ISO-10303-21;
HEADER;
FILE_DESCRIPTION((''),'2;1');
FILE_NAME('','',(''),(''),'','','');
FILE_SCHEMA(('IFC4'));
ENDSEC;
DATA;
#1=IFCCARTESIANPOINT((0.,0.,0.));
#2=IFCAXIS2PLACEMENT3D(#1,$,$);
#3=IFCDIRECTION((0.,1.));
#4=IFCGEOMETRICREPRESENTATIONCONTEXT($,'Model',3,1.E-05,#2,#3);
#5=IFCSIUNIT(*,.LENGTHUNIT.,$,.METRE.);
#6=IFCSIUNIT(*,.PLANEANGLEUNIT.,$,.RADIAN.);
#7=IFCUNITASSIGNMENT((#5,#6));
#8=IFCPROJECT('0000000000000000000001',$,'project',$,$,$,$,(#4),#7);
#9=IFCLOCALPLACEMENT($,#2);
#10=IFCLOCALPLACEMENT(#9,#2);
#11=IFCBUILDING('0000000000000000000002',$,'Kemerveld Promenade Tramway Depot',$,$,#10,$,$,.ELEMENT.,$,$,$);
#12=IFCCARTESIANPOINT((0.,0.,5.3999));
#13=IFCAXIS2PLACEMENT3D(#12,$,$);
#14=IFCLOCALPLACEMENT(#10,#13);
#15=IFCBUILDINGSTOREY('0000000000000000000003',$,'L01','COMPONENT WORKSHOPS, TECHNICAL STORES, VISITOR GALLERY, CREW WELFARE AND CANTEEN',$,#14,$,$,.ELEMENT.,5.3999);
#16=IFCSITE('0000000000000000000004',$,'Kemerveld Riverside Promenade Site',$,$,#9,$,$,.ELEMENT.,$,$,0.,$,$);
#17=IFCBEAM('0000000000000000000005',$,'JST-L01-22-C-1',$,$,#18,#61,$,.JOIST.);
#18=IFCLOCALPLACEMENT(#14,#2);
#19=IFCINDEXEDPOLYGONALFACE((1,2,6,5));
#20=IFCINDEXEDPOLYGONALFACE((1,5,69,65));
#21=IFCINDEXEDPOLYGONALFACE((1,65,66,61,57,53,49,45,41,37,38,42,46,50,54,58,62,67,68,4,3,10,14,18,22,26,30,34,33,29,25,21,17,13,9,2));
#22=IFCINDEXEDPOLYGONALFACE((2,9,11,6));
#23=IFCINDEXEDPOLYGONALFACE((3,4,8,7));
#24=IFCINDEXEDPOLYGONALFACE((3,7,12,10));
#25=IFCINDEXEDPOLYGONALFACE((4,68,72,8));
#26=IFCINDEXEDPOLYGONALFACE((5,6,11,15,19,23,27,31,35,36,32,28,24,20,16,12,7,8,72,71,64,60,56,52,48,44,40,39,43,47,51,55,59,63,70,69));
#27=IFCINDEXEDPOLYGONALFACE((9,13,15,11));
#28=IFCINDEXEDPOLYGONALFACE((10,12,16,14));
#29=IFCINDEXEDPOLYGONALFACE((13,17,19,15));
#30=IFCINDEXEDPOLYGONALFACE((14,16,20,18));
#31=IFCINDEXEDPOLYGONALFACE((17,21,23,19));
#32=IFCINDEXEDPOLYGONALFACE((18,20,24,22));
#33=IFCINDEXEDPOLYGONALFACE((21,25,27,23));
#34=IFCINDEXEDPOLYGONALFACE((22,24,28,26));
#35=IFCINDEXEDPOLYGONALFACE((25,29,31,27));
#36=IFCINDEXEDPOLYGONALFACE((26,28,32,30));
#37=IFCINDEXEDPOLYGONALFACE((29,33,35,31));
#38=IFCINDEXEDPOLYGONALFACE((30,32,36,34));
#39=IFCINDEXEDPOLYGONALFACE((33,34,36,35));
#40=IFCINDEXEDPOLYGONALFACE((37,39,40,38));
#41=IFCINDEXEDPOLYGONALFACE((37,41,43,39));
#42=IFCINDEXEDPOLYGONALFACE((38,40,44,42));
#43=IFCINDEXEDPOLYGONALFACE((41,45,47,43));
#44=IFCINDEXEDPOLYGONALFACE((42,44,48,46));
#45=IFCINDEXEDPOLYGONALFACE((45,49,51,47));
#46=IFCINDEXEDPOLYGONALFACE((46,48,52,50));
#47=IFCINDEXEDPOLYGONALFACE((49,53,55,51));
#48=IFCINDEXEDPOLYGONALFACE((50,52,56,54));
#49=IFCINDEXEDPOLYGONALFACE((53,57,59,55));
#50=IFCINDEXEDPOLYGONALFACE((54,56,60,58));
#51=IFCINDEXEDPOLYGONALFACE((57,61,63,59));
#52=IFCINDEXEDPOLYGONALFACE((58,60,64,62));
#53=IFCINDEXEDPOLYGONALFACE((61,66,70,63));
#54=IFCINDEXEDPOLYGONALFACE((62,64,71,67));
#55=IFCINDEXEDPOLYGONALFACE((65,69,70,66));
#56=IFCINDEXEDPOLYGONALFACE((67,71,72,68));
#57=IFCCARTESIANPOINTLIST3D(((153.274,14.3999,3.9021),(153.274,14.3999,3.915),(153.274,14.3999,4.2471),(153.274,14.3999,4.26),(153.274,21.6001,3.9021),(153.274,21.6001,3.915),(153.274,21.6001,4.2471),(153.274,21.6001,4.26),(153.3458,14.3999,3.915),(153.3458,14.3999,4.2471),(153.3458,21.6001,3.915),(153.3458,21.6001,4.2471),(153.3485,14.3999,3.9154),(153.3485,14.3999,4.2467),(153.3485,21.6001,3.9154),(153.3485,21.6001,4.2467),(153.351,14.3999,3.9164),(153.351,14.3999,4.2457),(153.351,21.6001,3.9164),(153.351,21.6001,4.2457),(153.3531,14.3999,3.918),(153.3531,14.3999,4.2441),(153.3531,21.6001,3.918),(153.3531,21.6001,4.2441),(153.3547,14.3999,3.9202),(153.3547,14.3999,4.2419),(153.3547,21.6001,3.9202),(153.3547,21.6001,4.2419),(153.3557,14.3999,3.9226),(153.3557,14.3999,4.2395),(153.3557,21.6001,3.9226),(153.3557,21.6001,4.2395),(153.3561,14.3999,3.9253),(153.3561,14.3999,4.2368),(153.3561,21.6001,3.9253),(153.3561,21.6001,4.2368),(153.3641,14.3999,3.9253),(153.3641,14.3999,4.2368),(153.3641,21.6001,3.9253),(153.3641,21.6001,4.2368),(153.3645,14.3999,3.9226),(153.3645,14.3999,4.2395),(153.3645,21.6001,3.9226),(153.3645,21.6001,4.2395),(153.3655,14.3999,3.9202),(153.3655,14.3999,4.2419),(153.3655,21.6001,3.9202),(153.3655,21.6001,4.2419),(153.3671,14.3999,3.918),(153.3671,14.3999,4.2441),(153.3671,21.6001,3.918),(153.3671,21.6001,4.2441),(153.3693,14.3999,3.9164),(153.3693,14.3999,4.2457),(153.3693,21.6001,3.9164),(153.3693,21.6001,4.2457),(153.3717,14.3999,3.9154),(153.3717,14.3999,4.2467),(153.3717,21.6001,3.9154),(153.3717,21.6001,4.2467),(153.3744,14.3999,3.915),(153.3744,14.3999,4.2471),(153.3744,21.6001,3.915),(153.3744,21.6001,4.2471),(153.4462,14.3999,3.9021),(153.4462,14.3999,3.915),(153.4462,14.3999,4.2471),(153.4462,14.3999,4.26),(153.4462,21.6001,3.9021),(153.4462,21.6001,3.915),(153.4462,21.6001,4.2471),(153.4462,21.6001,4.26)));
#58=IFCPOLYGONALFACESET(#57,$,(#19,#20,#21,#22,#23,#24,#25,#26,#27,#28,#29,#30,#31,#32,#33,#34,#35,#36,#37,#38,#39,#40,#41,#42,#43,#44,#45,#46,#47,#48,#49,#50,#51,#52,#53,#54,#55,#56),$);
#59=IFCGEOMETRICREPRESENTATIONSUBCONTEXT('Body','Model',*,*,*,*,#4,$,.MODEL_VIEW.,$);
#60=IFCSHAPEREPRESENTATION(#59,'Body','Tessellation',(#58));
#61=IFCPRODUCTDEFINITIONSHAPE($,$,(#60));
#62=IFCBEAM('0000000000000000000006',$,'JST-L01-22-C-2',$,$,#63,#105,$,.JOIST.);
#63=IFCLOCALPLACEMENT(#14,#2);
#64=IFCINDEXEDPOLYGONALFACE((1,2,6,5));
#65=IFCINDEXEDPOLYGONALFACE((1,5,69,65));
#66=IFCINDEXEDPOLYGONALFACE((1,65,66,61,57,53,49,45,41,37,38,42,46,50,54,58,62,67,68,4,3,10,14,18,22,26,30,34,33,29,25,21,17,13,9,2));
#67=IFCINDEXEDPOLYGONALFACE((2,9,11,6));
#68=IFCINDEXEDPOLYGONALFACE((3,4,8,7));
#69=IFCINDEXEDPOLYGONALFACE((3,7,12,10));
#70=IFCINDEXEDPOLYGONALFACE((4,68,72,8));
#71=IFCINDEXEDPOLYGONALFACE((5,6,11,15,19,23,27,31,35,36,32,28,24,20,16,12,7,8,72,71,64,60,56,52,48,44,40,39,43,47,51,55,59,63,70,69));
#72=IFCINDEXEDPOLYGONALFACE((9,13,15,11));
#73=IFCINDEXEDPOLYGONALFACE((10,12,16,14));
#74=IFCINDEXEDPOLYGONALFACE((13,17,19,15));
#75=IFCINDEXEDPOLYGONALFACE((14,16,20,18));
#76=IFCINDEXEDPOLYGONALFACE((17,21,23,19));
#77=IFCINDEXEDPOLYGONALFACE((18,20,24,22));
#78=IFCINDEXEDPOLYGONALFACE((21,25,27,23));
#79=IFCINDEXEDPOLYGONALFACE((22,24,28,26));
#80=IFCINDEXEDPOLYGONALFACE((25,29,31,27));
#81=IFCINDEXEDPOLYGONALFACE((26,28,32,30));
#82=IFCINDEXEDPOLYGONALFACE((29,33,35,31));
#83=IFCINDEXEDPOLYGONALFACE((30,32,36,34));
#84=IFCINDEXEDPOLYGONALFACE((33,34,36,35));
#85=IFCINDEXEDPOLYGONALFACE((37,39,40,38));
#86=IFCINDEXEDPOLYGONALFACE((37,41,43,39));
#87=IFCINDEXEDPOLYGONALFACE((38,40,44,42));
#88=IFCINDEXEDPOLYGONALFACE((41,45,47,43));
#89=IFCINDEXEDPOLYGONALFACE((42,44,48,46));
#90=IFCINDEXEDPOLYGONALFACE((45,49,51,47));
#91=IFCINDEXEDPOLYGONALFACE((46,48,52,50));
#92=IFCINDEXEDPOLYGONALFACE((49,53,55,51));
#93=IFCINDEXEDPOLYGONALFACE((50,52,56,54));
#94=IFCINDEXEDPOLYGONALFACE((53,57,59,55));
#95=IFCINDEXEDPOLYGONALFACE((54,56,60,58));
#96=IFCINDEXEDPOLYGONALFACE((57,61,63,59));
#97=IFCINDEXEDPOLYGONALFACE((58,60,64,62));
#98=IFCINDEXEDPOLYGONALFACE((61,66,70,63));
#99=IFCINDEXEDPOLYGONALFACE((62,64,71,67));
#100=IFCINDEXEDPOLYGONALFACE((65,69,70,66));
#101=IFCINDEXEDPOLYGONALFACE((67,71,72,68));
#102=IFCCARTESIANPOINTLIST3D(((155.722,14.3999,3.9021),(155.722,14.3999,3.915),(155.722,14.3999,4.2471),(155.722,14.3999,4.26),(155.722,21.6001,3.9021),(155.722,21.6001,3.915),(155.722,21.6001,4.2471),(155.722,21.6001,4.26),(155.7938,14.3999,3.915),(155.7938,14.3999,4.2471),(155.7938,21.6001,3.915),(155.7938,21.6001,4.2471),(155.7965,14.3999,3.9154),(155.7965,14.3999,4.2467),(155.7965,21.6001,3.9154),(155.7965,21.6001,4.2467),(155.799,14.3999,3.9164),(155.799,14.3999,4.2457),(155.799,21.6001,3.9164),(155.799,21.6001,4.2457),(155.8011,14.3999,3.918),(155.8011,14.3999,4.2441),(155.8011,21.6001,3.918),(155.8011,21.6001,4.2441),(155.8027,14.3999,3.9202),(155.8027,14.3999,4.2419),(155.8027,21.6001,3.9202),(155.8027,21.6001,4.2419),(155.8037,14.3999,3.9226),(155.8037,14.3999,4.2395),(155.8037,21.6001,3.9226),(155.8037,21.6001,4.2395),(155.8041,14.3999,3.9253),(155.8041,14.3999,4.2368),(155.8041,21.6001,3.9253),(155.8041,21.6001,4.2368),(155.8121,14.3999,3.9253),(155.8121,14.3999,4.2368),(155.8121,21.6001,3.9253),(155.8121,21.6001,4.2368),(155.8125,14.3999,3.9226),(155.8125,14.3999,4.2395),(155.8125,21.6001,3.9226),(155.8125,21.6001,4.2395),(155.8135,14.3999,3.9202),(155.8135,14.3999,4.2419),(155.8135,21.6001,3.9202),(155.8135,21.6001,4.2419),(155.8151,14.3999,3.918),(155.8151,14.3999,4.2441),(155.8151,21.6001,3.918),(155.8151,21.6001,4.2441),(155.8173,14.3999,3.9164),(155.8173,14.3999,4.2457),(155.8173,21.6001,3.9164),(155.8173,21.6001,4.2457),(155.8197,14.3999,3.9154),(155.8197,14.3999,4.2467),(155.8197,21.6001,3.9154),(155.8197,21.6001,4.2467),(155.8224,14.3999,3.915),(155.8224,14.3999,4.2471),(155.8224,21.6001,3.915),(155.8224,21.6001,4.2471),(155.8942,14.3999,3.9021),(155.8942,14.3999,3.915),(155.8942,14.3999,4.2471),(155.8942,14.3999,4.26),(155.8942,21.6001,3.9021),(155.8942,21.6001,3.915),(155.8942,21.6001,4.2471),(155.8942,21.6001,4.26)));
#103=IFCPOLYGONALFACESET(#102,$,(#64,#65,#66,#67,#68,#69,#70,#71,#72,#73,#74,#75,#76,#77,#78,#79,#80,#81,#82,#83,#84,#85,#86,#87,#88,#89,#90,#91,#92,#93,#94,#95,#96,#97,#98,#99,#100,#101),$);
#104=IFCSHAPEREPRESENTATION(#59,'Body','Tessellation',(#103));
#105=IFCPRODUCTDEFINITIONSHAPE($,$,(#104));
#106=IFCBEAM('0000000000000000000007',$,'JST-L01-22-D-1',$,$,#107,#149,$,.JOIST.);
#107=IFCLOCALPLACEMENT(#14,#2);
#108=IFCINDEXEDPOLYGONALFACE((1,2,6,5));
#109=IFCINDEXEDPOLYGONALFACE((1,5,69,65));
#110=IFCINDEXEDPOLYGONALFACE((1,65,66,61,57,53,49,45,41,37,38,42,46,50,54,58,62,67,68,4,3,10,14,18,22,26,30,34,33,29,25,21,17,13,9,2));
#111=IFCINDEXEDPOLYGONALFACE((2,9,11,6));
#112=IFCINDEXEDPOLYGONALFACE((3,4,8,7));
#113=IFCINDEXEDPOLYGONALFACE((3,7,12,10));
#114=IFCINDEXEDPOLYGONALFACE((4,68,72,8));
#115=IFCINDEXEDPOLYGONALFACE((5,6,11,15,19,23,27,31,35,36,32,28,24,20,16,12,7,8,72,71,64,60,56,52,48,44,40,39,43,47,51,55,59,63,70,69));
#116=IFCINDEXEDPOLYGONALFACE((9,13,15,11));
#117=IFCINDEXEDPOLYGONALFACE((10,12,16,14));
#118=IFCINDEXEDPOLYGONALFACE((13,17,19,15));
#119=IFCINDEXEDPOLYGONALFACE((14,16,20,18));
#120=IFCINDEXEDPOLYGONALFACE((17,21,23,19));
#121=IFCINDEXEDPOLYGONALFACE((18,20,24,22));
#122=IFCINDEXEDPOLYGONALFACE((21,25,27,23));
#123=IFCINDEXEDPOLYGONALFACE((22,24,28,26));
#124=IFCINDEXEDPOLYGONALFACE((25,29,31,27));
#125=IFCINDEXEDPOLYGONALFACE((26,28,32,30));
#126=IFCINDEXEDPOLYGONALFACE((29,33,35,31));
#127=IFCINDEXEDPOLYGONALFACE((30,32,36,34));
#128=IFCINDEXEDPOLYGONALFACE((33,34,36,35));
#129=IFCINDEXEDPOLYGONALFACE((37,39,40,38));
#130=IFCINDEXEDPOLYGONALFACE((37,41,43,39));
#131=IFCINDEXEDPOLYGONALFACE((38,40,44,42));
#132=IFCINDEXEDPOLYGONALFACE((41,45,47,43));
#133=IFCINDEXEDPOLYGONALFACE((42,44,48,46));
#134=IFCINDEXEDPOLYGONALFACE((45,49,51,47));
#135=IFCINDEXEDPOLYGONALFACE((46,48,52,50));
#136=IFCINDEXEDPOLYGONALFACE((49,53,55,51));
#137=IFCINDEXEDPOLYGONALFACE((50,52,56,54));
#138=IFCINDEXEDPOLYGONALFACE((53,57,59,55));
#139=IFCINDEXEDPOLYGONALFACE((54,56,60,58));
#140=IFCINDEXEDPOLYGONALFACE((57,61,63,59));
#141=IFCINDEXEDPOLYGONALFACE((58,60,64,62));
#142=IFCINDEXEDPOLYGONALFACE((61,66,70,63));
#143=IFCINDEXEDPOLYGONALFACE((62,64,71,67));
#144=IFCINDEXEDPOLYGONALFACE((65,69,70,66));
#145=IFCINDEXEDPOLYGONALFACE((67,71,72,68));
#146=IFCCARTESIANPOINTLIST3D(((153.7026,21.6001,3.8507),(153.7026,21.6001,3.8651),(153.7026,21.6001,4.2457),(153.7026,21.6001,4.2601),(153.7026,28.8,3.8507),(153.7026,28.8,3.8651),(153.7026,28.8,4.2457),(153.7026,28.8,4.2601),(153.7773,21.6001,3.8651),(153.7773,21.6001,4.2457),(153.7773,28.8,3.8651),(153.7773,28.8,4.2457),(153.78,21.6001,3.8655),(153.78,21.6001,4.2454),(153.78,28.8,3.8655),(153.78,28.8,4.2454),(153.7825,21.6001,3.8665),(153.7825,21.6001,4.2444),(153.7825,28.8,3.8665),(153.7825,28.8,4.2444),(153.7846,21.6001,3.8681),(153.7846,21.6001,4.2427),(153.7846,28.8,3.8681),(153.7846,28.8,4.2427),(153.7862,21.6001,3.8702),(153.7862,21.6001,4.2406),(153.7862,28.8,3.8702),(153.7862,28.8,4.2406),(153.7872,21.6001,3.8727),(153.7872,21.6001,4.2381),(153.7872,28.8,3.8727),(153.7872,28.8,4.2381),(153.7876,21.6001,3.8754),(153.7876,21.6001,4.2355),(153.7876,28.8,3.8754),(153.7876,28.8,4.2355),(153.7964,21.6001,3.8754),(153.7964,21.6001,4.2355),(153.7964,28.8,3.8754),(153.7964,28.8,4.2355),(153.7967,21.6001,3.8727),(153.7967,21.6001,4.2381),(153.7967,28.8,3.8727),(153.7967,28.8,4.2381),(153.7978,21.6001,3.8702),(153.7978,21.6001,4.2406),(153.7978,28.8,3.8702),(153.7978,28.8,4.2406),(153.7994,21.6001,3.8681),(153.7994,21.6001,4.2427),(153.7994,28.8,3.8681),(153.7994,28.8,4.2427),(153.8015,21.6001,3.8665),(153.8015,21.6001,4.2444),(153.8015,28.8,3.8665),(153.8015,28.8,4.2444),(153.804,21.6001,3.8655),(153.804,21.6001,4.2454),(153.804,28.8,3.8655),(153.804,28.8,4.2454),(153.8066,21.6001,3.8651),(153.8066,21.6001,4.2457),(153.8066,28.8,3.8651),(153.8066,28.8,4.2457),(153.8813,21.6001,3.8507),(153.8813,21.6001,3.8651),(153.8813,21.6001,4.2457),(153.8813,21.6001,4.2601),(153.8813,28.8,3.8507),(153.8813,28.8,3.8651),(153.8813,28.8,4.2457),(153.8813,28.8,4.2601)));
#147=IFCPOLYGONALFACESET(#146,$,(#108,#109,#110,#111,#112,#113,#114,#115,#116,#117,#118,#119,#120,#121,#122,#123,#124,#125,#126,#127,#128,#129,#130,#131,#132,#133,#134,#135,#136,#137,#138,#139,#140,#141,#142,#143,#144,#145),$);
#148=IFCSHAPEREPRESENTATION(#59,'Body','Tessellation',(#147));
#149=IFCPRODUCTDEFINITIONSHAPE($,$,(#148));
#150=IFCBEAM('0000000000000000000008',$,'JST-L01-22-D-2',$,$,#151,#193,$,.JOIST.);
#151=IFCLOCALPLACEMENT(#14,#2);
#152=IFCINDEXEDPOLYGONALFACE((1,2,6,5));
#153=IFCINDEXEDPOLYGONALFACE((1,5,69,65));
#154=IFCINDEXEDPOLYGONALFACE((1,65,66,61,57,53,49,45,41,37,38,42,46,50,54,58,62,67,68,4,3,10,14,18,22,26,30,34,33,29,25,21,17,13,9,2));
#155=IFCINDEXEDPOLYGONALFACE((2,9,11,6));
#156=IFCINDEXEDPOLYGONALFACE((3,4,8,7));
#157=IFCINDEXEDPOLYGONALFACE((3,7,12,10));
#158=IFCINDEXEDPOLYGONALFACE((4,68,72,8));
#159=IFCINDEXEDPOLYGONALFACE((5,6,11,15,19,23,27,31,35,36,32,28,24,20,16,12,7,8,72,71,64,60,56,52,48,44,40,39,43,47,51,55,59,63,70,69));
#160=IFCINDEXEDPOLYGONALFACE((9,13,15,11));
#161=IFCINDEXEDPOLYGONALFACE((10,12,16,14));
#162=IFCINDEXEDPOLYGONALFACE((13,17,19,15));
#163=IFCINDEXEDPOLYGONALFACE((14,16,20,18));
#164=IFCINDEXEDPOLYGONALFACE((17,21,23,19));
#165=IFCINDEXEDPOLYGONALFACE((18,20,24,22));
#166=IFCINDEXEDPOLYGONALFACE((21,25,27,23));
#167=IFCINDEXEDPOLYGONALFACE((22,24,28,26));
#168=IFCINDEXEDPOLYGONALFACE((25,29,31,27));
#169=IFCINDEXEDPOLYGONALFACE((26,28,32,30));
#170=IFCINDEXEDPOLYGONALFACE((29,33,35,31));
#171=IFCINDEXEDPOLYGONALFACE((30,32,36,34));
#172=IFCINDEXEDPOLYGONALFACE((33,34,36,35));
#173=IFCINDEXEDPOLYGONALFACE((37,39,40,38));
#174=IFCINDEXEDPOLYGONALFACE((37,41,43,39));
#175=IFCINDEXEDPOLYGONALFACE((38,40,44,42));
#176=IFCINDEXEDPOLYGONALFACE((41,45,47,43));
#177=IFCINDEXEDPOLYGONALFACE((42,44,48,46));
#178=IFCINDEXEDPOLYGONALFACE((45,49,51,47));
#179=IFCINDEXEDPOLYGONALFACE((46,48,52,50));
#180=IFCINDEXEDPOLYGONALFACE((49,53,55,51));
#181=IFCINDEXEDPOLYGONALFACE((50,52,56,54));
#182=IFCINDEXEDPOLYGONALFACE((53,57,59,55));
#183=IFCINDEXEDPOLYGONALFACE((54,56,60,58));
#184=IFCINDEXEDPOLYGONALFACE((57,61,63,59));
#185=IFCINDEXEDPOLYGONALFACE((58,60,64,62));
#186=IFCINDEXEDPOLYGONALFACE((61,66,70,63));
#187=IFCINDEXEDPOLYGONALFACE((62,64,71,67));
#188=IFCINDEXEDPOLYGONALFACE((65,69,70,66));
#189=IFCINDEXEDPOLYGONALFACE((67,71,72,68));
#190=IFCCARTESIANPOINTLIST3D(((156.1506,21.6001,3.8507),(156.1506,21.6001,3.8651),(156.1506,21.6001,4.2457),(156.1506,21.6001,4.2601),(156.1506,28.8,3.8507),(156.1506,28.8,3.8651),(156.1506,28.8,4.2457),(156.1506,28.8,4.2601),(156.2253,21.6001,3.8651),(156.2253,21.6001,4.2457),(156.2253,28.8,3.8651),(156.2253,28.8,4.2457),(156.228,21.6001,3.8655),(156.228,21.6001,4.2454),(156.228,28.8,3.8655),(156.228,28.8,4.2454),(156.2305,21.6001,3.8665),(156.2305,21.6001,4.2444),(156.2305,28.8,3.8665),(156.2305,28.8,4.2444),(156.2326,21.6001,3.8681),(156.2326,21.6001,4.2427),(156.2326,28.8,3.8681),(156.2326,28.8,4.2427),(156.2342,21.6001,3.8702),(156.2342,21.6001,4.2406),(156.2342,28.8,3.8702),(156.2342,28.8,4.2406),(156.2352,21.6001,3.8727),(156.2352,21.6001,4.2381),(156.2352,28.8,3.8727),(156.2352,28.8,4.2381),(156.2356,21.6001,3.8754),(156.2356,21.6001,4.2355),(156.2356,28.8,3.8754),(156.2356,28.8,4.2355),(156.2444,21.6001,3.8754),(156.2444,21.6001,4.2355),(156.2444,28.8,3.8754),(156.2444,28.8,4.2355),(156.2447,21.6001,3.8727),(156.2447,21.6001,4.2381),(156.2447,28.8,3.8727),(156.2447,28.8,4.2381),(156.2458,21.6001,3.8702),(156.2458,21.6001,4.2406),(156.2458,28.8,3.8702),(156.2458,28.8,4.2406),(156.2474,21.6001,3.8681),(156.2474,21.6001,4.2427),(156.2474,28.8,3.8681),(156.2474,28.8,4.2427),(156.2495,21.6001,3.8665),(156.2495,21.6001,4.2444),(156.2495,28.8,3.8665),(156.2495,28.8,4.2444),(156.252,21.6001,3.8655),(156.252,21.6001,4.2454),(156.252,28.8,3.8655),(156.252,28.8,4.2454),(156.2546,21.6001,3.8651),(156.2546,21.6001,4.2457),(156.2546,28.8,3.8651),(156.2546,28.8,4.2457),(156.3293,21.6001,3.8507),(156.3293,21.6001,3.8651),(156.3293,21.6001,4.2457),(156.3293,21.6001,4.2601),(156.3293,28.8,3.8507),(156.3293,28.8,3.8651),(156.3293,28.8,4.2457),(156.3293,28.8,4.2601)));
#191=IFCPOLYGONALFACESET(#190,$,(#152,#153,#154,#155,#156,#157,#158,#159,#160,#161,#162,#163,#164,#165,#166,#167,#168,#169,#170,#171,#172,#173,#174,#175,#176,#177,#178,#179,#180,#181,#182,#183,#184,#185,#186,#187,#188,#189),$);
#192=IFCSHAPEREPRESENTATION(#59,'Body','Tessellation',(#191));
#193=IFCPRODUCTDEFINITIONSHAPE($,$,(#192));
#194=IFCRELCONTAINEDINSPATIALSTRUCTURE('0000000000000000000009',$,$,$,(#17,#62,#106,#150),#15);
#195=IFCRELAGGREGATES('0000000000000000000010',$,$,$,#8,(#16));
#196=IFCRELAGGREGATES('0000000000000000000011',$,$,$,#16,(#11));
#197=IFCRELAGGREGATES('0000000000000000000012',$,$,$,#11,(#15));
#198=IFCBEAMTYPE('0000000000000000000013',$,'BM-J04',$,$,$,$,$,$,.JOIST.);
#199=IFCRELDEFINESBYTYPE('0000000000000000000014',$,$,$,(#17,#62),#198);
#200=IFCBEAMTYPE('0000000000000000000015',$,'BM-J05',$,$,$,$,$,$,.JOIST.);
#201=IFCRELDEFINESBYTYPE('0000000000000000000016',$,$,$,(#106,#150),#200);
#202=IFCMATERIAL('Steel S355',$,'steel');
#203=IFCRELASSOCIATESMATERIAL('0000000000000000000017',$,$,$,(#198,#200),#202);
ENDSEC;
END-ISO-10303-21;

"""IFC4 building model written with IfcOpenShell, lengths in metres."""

from ifc_helpers import new_model, si_unit, direction, frame, origin, origin_2d, place, context, subcontext, project, spatial, i_section, extrude, material, material_profile, profile_set, type_object, element, save


model = new_model("IFC4")

# Units and contexts
model_context = context("Model", 3, precision=1e-05, world=origin(), true_north=direction((0.0, 1.0)))
body_context = subcontext(model_context, "Body", "Model", "MODEL_VIEW")
ifc_project = project(units=[si_unit("LENGTHUNIT", "METRE"), si_unit("PLANEANGLEUNIT", "RADIAN")], contexts=[model_context])

# Site, building, storey
site_placement = place(None, origin())
site = spatial("IfcSite", under=ifc_project, at=site_placement, Name="Kemerveld Riverside Promenade Site", CompositionType="ELEMENT", RefElevation=0.0)
building_placement = place(site_placement, origin())
building = spatial("IfcBuilding", under=site, at=building_placement, Name="Kemerveld Promenade Tramway Depot", CompositionType="ELEMENT")
storey_placement = place(building_placement, frame((0.0, 0.0, 5.3999)))
storey = spatial("IfcBuildingStorey", under=building, at=storey_placement, Name="L01", Description="COMPONENT WORKSHOPS, TECHNICAL STORES, VISITOR GALLERY, CREW WELFARE AND CANTEEN", CompositionType="ELEMENT", Elevation=5.3999)

# Shared definitions
ifc_material_1 = material(Name="Steel S355", Category="steel")

# Beams
ifc_material_profile_1 = material_profile(ifc_material_1, i_section(OverallWidth=0.1721, OverallDepth=0.3579, WebThickness=0.0081, FlangeThickness=0.0129, FilletRadius=0.0103, at=origin_2d()), Name="356x171x57 UB")
ifc_profile_set_1 = profile_set([ifc_material_profile_1], Name="Steel S355")
beam_type_1 = type_object("IfcBeamType", Name="BM-J04", PredefinedType="JOIST", material=ifc_profile_set_1)
for number, where, z_axis, x_axis, name in (
    (1, (153.3601, 14.3999, 4.0811), (0.0, 1.0, 0.0), (-1.0, 0.0, 0.0), "JST-L01-22-C-1"),
    (2, (155.8081, 14.3999, 4.0811), (0.0, 1.0, 0.0), (-1.0, 0.0, 0.0), "JST-L01-22-C-2"),
):
    element("IfcBeam", number, at=place(storey_placement, frame(where, z_axis=z_axis, x_axis=x_axis)), inside=storey, type_object=beam_type_1, Name=name, PredefinedType="JOIST", context=body_context, shape_type="SweptSolid", body=[
        extrude(i_section(OverallWidth=0.1721, OverallDepth=0.3579, WebThickness=0.0081, FlangeThickness=0.0129, FilletRadius=0.0103, at=origin_2d()), origin(), (0.0, 0.0, 1.0), 7.2002),
    ])
ifc_material_profile_2 = material_profile(ifc_material_1, i_section(OverallWidth=0.1787, OverallDepth=0.4094, WebThickness=0.0088, FlangeThickness=0.0144, FilletRadius=0.0103, at=origin_2d()), Name="406x178x67 UB")
ifc_profile_set_2 = profile_set([ifc_material_profile_2], Name="Steel S355")
beam_type_2 = type_object("IfcBeamType", Name="BM-J05", PredefinedType="JOIST", material=ifc_profile_set_2)
for number, where, z_axis, x_axis, name in (
    (3, (153.792, 21.6001, 4.0554), (0.0, 1.0, 0.0), (-1.0, 0.0, 0.0), "JST-L01-22-D-1"),
    (4, (156.24, 21.6001, 4.0554), (0.0, 1.0, 0.0), (-1.0, 0.0, 0.0), "JST-L01-22-D-2"),
):
    element("IfcBeam", number, at=place(storey_placement, frame(where, z_axis=z_axis, x_axis=x_axis)), inside=storey, type_object=beam_type_2, Name=name, PredefinedType="JOIST", context=body_context, shape_type="SweptSolid", body=[
        extrude(i_section(OverallWidth=0.1787, OverallDepth=0.4094, WebThickness=0.0088, FlangeThickness=0.0144, FilletRadius=0.0103, at=origin_2d()), origin(), (0.0, 0.0, 1.0), 7.2),
    ])

save(model, "model.ifc")
